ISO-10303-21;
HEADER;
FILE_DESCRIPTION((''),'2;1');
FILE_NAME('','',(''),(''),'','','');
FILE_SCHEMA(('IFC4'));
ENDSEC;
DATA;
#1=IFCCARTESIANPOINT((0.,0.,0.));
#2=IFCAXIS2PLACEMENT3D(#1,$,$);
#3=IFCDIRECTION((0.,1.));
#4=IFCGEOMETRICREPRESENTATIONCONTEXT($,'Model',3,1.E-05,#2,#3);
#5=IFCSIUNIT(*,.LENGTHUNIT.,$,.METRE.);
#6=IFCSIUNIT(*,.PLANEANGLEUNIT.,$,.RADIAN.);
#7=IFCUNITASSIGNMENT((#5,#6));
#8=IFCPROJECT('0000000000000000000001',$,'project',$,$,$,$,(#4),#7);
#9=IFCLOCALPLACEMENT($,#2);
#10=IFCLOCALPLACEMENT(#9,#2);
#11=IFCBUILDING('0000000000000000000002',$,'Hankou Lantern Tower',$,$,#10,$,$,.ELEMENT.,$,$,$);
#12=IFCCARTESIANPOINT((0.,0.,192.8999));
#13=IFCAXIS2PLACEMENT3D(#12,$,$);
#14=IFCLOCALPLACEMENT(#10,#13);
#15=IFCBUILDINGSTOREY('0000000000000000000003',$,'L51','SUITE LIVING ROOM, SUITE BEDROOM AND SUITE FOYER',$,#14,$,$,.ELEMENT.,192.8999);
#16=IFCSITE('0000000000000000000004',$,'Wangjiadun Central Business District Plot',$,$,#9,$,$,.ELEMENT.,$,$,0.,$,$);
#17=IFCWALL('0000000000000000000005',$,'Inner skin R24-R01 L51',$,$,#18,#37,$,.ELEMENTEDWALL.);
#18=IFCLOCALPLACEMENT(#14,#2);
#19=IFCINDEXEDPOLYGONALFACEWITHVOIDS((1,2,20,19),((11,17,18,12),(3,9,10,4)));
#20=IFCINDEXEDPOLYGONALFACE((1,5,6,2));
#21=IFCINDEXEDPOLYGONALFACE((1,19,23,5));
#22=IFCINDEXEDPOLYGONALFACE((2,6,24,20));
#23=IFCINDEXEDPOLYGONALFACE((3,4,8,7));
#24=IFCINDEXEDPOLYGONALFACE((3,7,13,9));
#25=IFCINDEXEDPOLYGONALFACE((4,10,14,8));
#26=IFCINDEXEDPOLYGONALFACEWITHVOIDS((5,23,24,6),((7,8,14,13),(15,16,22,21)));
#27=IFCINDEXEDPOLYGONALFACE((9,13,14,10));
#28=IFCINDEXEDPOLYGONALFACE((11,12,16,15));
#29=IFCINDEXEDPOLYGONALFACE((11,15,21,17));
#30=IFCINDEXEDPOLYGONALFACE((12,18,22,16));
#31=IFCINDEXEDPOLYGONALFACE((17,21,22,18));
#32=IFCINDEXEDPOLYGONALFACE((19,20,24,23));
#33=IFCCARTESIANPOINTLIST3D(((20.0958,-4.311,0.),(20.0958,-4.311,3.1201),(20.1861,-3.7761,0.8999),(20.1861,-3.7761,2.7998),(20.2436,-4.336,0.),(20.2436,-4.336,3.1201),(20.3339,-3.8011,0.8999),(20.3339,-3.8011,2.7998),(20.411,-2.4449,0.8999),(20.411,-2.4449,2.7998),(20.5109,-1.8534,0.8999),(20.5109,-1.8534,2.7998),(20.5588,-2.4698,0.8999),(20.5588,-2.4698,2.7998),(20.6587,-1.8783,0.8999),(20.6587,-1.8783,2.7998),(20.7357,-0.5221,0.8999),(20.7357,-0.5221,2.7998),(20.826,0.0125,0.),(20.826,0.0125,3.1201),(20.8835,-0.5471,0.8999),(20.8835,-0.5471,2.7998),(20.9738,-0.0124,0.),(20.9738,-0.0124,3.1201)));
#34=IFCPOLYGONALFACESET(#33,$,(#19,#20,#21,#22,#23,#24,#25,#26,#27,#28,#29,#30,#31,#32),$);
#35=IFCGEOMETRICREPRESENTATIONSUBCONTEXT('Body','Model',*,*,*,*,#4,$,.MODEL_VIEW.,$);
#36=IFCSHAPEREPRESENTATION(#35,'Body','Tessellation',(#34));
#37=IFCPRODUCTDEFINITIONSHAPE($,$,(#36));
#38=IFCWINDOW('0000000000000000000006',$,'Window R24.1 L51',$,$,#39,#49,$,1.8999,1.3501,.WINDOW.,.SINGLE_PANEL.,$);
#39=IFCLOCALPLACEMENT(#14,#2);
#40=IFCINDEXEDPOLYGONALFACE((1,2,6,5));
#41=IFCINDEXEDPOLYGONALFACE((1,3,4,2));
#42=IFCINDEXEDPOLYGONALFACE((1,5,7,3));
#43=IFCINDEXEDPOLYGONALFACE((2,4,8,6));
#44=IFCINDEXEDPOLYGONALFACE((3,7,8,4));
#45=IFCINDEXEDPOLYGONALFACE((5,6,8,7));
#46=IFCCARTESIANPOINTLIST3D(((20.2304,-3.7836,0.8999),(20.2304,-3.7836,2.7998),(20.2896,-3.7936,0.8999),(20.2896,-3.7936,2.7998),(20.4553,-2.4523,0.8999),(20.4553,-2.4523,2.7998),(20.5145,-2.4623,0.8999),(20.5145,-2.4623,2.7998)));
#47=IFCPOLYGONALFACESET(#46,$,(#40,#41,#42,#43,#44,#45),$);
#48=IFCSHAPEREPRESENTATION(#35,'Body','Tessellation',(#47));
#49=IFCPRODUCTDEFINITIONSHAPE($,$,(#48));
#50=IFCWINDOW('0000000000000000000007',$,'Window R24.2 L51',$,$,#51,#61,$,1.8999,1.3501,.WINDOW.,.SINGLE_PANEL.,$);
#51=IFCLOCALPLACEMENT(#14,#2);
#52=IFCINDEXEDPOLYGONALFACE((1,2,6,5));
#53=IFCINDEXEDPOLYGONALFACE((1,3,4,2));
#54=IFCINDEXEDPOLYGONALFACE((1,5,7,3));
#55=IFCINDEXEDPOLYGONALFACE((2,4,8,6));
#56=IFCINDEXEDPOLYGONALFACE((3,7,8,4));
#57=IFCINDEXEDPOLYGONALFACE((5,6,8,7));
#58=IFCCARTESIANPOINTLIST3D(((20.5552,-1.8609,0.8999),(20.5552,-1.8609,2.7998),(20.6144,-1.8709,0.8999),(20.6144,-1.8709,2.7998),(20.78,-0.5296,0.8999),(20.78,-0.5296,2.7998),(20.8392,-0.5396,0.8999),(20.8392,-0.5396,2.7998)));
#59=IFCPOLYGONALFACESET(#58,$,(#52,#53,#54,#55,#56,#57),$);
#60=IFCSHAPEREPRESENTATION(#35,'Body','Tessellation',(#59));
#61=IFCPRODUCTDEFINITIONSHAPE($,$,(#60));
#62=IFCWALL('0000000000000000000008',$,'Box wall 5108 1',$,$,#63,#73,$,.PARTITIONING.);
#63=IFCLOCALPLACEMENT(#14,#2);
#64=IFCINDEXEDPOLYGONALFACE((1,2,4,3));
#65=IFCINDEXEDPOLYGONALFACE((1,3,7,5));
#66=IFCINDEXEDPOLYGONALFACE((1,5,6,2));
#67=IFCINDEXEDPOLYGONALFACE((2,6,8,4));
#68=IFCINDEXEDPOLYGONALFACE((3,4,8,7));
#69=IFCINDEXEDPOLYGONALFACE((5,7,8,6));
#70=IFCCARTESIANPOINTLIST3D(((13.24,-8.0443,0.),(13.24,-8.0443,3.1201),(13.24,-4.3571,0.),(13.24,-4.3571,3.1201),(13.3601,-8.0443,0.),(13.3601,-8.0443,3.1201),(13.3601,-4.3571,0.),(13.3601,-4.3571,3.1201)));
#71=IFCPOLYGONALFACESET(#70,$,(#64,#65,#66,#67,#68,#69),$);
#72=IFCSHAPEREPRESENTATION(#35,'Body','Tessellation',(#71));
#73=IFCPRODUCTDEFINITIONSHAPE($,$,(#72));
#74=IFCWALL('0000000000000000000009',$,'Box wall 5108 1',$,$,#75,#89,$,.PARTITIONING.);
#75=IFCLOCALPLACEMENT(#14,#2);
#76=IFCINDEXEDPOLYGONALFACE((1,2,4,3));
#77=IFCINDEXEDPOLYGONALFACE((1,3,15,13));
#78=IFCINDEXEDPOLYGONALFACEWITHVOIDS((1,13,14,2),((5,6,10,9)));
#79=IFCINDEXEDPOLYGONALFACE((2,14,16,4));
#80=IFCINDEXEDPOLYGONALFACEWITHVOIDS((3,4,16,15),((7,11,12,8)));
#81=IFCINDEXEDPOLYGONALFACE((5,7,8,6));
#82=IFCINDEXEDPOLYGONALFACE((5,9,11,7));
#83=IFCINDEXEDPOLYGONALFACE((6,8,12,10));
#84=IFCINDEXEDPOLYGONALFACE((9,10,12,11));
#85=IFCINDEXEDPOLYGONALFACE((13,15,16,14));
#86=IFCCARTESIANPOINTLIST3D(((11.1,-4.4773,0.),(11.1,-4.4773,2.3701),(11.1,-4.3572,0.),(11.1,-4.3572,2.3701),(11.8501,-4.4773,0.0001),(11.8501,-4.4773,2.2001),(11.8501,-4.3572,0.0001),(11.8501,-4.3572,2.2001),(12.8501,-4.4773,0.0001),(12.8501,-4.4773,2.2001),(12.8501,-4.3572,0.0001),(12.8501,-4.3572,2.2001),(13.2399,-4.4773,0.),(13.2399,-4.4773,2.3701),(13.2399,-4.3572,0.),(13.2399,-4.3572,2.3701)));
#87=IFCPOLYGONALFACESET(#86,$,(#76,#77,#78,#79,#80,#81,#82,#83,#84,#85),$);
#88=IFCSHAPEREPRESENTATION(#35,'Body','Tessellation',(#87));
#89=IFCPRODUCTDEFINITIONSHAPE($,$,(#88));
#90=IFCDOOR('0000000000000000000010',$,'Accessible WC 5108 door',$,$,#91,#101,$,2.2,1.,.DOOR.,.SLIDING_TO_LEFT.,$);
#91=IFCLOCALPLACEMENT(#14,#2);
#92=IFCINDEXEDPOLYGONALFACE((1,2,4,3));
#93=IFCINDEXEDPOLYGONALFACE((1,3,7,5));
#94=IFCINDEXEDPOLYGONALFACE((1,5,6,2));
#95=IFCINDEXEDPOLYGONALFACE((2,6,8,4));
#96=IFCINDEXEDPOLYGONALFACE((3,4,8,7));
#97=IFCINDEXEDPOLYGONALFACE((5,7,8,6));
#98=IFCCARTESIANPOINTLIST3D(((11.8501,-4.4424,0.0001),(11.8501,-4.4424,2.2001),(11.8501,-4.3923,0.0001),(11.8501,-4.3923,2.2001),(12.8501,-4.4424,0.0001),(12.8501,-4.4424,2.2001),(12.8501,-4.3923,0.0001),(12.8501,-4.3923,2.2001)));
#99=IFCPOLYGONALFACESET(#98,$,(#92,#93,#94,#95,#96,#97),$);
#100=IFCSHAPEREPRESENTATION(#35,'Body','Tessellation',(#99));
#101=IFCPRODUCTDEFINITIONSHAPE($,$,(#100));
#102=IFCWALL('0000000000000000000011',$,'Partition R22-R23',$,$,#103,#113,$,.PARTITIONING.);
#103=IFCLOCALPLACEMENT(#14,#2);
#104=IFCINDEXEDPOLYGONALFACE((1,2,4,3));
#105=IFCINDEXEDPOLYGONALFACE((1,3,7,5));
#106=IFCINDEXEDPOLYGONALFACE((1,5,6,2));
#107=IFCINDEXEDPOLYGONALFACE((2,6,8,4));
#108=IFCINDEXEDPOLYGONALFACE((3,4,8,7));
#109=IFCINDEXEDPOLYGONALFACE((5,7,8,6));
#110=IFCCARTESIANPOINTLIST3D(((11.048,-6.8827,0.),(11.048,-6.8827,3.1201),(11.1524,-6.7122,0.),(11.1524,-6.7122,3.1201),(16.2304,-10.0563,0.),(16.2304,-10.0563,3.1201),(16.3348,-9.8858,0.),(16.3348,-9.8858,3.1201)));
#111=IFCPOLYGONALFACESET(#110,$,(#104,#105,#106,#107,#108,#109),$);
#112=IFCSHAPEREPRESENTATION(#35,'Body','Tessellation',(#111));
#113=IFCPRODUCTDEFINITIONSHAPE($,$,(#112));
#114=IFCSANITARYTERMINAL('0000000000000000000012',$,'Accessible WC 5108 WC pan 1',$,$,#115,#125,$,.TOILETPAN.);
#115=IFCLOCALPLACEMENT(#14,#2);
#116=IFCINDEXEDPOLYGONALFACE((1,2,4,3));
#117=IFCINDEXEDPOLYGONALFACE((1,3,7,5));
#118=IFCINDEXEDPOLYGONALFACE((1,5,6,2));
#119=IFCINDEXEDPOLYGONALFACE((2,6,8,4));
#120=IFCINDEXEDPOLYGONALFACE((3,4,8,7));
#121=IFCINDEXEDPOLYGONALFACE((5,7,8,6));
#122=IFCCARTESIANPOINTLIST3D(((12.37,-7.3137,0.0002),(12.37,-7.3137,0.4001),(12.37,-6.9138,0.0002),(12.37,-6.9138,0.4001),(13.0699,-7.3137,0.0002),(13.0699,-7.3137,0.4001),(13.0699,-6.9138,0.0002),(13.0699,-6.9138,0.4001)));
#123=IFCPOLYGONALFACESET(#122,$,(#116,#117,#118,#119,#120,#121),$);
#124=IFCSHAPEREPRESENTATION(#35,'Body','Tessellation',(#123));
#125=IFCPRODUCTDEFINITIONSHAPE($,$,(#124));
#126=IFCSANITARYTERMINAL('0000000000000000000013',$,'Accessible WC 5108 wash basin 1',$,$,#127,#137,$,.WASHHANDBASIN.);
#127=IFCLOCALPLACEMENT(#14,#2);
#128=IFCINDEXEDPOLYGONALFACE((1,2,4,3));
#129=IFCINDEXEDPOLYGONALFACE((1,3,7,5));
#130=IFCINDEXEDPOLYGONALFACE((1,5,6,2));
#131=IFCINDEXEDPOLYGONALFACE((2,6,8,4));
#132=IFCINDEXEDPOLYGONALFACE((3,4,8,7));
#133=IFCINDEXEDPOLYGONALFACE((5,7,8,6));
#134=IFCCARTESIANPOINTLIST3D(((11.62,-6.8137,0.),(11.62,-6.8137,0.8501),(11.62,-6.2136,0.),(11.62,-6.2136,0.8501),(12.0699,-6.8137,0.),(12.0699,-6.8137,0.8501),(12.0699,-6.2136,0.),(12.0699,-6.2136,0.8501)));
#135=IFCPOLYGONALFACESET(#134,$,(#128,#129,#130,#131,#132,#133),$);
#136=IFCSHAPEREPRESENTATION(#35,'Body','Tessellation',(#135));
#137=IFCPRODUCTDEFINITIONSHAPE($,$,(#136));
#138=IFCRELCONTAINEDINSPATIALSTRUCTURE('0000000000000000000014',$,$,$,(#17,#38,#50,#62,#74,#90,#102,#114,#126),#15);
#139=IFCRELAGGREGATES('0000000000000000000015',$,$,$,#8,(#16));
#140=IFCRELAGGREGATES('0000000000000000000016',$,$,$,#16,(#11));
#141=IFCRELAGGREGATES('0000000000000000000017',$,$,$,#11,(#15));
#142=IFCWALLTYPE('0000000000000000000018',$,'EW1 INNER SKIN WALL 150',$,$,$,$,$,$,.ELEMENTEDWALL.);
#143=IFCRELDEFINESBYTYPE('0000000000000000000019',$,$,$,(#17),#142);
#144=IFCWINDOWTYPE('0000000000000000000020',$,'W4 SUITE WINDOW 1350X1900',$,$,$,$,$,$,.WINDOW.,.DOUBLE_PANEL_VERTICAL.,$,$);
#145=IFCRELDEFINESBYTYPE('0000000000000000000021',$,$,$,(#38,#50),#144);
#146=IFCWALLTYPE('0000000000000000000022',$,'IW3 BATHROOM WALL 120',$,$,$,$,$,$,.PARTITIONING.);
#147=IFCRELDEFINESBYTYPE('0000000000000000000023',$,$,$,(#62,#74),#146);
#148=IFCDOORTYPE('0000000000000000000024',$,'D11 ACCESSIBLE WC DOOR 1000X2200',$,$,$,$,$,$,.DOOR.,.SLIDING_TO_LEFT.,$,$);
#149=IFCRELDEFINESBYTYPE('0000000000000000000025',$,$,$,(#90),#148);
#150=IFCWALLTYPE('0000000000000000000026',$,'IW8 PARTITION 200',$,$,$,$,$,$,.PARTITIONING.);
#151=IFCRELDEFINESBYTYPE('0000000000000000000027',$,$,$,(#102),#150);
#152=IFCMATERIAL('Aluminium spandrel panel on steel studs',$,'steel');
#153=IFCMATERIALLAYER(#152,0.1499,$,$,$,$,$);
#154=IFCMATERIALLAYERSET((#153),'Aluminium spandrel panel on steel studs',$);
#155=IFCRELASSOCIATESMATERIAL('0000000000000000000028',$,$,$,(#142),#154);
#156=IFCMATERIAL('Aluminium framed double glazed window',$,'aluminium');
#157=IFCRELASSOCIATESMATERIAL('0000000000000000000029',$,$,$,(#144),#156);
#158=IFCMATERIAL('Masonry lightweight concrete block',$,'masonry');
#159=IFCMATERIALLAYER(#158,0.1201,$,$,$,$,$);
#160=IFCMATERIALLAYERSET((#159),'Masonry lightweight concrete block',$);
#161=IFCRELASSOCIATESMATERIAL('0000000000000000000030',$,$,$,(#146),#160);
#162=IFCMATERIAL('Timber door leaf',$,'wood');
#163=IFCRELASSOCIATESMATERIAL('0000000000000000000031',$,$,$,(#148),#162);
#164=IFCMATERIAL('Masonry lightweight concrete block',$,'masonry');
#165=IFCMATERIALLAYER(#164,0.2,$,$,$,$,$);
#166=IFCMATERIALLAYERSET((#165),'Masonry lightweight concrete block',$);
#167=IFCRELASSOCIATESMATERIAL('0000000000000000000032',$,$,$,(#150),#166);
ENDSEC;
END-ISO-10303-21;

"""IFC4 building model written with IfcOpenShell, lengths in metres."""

from ifc_helpers import new_model, si_unit, direction, frame, frame_2d, origin, origin_2d, place, context, subcontext, project, spatial, rectangle, extrude, material, layer, layer_set, type_object, element, fill, save


model = new_model("IFC4")

# Units and contexts
model_context = context("Model", 3, precision=1e-05, world=origin(), true_north=direction((0.0, 1.0)))
body_context = subcontext(model_context, "Body", "Model", "MODEL_VIEW")
ifc_project = project(units=[si_unit("LENGTHUNIT", "METRE"), si_unit("PLANEANGLEUNIT", "RADIAN")], contexts=[model_context])

# Site, building, storey
site_placement = place(None, origin())
site = spatial("IfcSite", under=ifc_project, at=site_placement, Name="Wangjiadun Central Business District Plot", CompositionType="ELEMENT", RefElevation=0.0)
building_placement = place(site_placement, origin())
building = spatial("IfcBuilding", under=site, at=building_placement, Name="Hankou Lantern Tower", CompositionType="ELEMENT")
storey_placement = place(building_placement, frame((0.0, 0.0, 192.8999)))
storey = spatial("IfcBuildingStorey", under=building, at=storey_placement, Name="L51", Description="SUITE LIVING ROOM, SUITE BEDROOM AND SUITE FOYER", CompositionType="ELEMENT", Elevation=192.8999)

# Wall, openings, windows
ifc_material_1 = material(Name="Aluminium spandrel panel on steel studs", Category="steel")
ifc_layer_1 = layer(ifc_material_1, 0.1499)
ifc_layer_set_1 = layer_set([ifc_layer_1], Name="Aluminium spandrel panel on steel studs")
wall_type_1 = type_object("IfcWallType", Name="EW1 INNER SKIN WALL 150", PredefinedType="ELEMENTEDWALL", material=ifc_layer_set_1)
ifc_material_2 = material(Name="Aluminium framed double glazed window", Category="aluminium")
window_type = type_object("IfcWindowType", Name="W4 SUITE WINDOW 1350X1900", PartitioningType="DOUBLE_PANEL_VERTICAL", PredefinedType="WINDOW", material=ifc_material_2)
wall_1_placement = place(storey_placement, frame((20.1697, -4.3235, 0.0), z_axis=(0.0, 0.0, 1.0), x_axis=(0.166539, 0.986035, 0.0)))
wall_1 = element("IfcWall", 1, at=wall_1_placement, inside=storey, type_object=wall_type_1, Name="Inner skin R24-R01 L51", PredefinedType="ELEMENTEDWALL", context=body_context, shape_type="SweptSolid", body=[
    extrude(rectangle(XDim=4.3848, YDim=0.1499, at=frame_2d((2.1924, 0.0))), origin(), (0.0, 0.0, 1.0), 3.1201),
])
opening_1_placement = place(wall_1_placement, frame((0.5425, 0.0, 0.8999)))
opening_1 = element("IfcOpeningElement", 2, at=opening_1_placement, cuts=wall_1, PredefinedType="OPENING", context=body_context, shape_type="SweptSolid", body=[
    extrude(rectangle(XDim=1.3501, YDim=1.8999, at=frame_2d((0.675, 0.95))), frame((0.0, 0.085, 0.0), z_axis=(0.0, -1.0, 0.0), x_axis=(1.0, 0.0, 0.0)), (0.0, 0.0, 1.0), 0.1699),
])
opening_2_placement = place(wall_1_placement, frame((2.4924, 0.0, 0.8999)))
opening_2 = element("IfcOpeningElement", 3, at=opening_2_placement, cuts=wall_1, PredefinedType="OPENING", context=body_context, shape_type="SweptSolid", body=[
    extrude(rectangle(XDim=1.3501, YDim=1.8999, at=frame_2d((0.675, 0.95))), frame((0.0, 0.085, 0.0), z_axis=(0.0, -1.0, 0.0), x_axis=(1.0, 0.0, 0.0)), (0.0, 0.0, 1.0), 0.1699),
])
window_1_placement = place(opening_1_placement, origin())
window_1 = element("IfcWindow", 4, at=window_1_placement, inside=storey, type_object=window_type, Name="Window R24.1 L51", OverallHeight=1.8999, OverallWidth=1.3501, PartitioningType="SINGLE_PANEL", PredefinedType="WINDOW", context=body_context, shape_type="SweptSolid", body=[
    extrude(rectangle(XDim=1.3501, YDim=1.8999, at=frame_2d((0.675, 0.95))), frame((0.0, 0.03, 0.0), z_axis=(0.0, -1.0, 0.0), x_axis=(1.0, 0.0, 0.0)), (0.0, 0.0, 1.0), 0.0601),
])
fill(opening_1, window_1)
window_2_placement = place(opening_2_placement, origin())
window_2 = element("IfcWindow", 5, at=window_2_placement, inside=storey, type_object=window_type, Name="Window R24.2 L51", OverallHeight=1.8999, OverallWidth=1.3501, PartitioningType="SINGLE_PANEL", PredefinedType="WINDOW", context=body_context, shape_type="SweptSolid", body=[
    extrude(rectangle(XDim=1.3501, YDim=1.8999, at=frame_2d((0.675, 0.95))), frame((0.0, 0.03, 0.0), z_axis=(0.0, -1.0, 0.0), x_axis=(1.0, 0.0, 0.0)), (0.0, 0.0, 1.0), 0.0601),
])
fill(opening_2, window_2)

# Wall
ifc_material_3 = material(Name="Masonry lightweight concrete block", Category="masonry")
ifc_layer_2 = layer(ifc_material_3, 0.1201)
ifc_layer_set_2 = layer_set([ifc_layer_2], Name="Masonry lightweight concrete block")
wall_type_2 = type_object("IfcWallType", Name="IW3 BATHROOM WALL 120", PredefinedType="PARTITIONING", material=ifc_layer_set_2)
wall_2_placement = place(storey_placement, frame((13.3, -8.0444, 0.0), z_axis=(0.0, 0.0, 1.0), x_axis=(0.0, 1.0, 0.0)))
element("IfcWall", 6, at=wall_2_placement, inside=storey, type_object=wall_type_2, Name="Box wall 5108 1", PredefinedType="PARTITIONING", context=body_context, shape_type="SweptSolid", body=[
    extrude(rectangle(XDim=3.6873, YDim=0.1201, at=frame_2d((1.8438, 0.0))), origin(), (0.0, 0.0, 1.0), 3.1201),
])

# Wall, opening, door
wall_3_placement = place(storey_placement, frame((11.1001, -4.4172, 0.0), z_axis=(0.0, 0.0, 1.0), x_axis=(1.0, 0.0, 0.0)))
wall_3 = element("IfcWall", 7, at=wall_3_placement, inside=storey, type_object=wall_type_2, Name="Box wall 5108 1", PredefinedType="PARTITIONING", context=body_context, shape_type="SweptSolid", body=[
    extrude(rectangle(XDim=2.1399, YDim=0.1201, at=frame_2d((1.0698, 0.0))), origin(), (0.0, 0.0, 1.0), 2.3701),
])
opening_3_placement = place(wall_3_placement, frame((0.75, 0.0, 0.0)))
opening_3 = element("IfcOpeningElement", 8, at=opening_3_placement, cuts=wall_3, PredefinedType="OPENING", context=body_context, shape_type="SweptSolid", body=[
    extrude(rectangle(XDim=1.0, YDim=2.2, at=frame_2d((0.5, 1.1001))), frame((0.0, 0.0701, 0.0), z_axis=(0.0, -1.0, 0.0), x_axis=(1.0, 0.0, 0.0)), (0.0, 0.0, 1.0), 0.1401),
])
ifc_material_4 = material(Name="Timber door leaf", Category="wood")
door_type = type_object("IfcDoorType", Name="D11 ACCESSIBLE WC DOOR 1000X2200", OperationType="SLIDING_TO_LEFT", PredefinedType="DOOR", material=ifc_material_4)
door_placement = place(opening_3_placement, origin())
door = element("IfcDoor", 9, at=door_placement, inside=storey, type_object=door_type, Name="Accessible WC 5108 door", OperationType="SLIDING_TO_LEFT", OverallHeight=2.2, OverallWidth=1.0, PredefinedType="DOOR", context=body_context, shape_type="SweptSolid", body=[
    extrude(rectangle(XDim=1.0, YDim=2.2, at=frame_2d((0.5, 1.1001))), frame((0.0, 0.0249, 0.0), z_axis=(0.0, -1.0, 0.0), x_axis=(1.0, 0.0, 0.0)), (0.0, 0.0, 1.0), 0.05),
])
fill(opening_3, door)

# Wall
ifc_material_5 = material(Name="Masonry lightweight concrete block", Category="masonry")
ifc_layer_3 = layer(ifc_material_5, 0.2)
ifc_layer_set_3 = layer_set([ifc_layer_3], Name="Masonry lightweight concrete block")
wall_type_3 = type_object("IfcWallType", Name="IW8 PARTITION 200", PredefinedType="PARTITIONING", material=ifc_layer_set_3)
wall_4_placement = place(storey_placement, frame((11.1001, -6.7974, 0.0), z_axis=(0.0, 0.0, 1.0), x_axis=(0.8528, -0.522238, 0.0)))
element("IfcWall", 10, at=wall_4_placement, inside=storey, type_object=wall_type_3, Name="Partition R22-R23", PredefinedType="PARTITIONING", context=body_context, shape_type="SweptSolid", body=[
    extrude(rectangle(XDim=6.0769, YDim=0.2, at=frame_2d((3.0386, 0.0))), origin(), (0.0, 0.0, 1.0), 3.1201),
])

# Sanitary terminals
sanitary_terminal_1_placement = place(storey_placement, frame((12.72, -7.1138, 0.0002), z_axis=(0.0, 0.0, 1.0), x_axis=(0.0, 1.0, 0.0)))
element("IfcSanitaryTerminal", 11, at=sanitary_terminal_1_placement, inside=storey, Name="Accessible WC 5108 WC pan 1", PredefinedType="TOILETPAN", context=body_context, shape_type="SweptSolid", body=[
    extrude(rectangle(XDim=0.3999, YDim=0.7, at=origin_2d()), origin(), (0.0, 0.0, 1.0), 0.3999),
])
sanitary_terminal_2_placement = place(storey_placement, frame((11.845, -6.5137, 0.0), z_axis=(0.0, 0.0, 1.0), x_axis=(0.0, 1.0, 0.0)))
element("IfcSanitaryTerminal", 12, at=sanitary_terminal_2_placement, inside=storey, Name="Accessible WC 5108 wash basin 1", PredefinedType="WASHHANDBASIN", context=body_context, shape_type="SweptSolid", body=[
    extrude(rectangle(XDim=0.6001, YDim=0.45, at=origin_2d()), origin(), (0.0, 0.0, 1.0), 0.8501),
])

save(model, "model.ifc")
